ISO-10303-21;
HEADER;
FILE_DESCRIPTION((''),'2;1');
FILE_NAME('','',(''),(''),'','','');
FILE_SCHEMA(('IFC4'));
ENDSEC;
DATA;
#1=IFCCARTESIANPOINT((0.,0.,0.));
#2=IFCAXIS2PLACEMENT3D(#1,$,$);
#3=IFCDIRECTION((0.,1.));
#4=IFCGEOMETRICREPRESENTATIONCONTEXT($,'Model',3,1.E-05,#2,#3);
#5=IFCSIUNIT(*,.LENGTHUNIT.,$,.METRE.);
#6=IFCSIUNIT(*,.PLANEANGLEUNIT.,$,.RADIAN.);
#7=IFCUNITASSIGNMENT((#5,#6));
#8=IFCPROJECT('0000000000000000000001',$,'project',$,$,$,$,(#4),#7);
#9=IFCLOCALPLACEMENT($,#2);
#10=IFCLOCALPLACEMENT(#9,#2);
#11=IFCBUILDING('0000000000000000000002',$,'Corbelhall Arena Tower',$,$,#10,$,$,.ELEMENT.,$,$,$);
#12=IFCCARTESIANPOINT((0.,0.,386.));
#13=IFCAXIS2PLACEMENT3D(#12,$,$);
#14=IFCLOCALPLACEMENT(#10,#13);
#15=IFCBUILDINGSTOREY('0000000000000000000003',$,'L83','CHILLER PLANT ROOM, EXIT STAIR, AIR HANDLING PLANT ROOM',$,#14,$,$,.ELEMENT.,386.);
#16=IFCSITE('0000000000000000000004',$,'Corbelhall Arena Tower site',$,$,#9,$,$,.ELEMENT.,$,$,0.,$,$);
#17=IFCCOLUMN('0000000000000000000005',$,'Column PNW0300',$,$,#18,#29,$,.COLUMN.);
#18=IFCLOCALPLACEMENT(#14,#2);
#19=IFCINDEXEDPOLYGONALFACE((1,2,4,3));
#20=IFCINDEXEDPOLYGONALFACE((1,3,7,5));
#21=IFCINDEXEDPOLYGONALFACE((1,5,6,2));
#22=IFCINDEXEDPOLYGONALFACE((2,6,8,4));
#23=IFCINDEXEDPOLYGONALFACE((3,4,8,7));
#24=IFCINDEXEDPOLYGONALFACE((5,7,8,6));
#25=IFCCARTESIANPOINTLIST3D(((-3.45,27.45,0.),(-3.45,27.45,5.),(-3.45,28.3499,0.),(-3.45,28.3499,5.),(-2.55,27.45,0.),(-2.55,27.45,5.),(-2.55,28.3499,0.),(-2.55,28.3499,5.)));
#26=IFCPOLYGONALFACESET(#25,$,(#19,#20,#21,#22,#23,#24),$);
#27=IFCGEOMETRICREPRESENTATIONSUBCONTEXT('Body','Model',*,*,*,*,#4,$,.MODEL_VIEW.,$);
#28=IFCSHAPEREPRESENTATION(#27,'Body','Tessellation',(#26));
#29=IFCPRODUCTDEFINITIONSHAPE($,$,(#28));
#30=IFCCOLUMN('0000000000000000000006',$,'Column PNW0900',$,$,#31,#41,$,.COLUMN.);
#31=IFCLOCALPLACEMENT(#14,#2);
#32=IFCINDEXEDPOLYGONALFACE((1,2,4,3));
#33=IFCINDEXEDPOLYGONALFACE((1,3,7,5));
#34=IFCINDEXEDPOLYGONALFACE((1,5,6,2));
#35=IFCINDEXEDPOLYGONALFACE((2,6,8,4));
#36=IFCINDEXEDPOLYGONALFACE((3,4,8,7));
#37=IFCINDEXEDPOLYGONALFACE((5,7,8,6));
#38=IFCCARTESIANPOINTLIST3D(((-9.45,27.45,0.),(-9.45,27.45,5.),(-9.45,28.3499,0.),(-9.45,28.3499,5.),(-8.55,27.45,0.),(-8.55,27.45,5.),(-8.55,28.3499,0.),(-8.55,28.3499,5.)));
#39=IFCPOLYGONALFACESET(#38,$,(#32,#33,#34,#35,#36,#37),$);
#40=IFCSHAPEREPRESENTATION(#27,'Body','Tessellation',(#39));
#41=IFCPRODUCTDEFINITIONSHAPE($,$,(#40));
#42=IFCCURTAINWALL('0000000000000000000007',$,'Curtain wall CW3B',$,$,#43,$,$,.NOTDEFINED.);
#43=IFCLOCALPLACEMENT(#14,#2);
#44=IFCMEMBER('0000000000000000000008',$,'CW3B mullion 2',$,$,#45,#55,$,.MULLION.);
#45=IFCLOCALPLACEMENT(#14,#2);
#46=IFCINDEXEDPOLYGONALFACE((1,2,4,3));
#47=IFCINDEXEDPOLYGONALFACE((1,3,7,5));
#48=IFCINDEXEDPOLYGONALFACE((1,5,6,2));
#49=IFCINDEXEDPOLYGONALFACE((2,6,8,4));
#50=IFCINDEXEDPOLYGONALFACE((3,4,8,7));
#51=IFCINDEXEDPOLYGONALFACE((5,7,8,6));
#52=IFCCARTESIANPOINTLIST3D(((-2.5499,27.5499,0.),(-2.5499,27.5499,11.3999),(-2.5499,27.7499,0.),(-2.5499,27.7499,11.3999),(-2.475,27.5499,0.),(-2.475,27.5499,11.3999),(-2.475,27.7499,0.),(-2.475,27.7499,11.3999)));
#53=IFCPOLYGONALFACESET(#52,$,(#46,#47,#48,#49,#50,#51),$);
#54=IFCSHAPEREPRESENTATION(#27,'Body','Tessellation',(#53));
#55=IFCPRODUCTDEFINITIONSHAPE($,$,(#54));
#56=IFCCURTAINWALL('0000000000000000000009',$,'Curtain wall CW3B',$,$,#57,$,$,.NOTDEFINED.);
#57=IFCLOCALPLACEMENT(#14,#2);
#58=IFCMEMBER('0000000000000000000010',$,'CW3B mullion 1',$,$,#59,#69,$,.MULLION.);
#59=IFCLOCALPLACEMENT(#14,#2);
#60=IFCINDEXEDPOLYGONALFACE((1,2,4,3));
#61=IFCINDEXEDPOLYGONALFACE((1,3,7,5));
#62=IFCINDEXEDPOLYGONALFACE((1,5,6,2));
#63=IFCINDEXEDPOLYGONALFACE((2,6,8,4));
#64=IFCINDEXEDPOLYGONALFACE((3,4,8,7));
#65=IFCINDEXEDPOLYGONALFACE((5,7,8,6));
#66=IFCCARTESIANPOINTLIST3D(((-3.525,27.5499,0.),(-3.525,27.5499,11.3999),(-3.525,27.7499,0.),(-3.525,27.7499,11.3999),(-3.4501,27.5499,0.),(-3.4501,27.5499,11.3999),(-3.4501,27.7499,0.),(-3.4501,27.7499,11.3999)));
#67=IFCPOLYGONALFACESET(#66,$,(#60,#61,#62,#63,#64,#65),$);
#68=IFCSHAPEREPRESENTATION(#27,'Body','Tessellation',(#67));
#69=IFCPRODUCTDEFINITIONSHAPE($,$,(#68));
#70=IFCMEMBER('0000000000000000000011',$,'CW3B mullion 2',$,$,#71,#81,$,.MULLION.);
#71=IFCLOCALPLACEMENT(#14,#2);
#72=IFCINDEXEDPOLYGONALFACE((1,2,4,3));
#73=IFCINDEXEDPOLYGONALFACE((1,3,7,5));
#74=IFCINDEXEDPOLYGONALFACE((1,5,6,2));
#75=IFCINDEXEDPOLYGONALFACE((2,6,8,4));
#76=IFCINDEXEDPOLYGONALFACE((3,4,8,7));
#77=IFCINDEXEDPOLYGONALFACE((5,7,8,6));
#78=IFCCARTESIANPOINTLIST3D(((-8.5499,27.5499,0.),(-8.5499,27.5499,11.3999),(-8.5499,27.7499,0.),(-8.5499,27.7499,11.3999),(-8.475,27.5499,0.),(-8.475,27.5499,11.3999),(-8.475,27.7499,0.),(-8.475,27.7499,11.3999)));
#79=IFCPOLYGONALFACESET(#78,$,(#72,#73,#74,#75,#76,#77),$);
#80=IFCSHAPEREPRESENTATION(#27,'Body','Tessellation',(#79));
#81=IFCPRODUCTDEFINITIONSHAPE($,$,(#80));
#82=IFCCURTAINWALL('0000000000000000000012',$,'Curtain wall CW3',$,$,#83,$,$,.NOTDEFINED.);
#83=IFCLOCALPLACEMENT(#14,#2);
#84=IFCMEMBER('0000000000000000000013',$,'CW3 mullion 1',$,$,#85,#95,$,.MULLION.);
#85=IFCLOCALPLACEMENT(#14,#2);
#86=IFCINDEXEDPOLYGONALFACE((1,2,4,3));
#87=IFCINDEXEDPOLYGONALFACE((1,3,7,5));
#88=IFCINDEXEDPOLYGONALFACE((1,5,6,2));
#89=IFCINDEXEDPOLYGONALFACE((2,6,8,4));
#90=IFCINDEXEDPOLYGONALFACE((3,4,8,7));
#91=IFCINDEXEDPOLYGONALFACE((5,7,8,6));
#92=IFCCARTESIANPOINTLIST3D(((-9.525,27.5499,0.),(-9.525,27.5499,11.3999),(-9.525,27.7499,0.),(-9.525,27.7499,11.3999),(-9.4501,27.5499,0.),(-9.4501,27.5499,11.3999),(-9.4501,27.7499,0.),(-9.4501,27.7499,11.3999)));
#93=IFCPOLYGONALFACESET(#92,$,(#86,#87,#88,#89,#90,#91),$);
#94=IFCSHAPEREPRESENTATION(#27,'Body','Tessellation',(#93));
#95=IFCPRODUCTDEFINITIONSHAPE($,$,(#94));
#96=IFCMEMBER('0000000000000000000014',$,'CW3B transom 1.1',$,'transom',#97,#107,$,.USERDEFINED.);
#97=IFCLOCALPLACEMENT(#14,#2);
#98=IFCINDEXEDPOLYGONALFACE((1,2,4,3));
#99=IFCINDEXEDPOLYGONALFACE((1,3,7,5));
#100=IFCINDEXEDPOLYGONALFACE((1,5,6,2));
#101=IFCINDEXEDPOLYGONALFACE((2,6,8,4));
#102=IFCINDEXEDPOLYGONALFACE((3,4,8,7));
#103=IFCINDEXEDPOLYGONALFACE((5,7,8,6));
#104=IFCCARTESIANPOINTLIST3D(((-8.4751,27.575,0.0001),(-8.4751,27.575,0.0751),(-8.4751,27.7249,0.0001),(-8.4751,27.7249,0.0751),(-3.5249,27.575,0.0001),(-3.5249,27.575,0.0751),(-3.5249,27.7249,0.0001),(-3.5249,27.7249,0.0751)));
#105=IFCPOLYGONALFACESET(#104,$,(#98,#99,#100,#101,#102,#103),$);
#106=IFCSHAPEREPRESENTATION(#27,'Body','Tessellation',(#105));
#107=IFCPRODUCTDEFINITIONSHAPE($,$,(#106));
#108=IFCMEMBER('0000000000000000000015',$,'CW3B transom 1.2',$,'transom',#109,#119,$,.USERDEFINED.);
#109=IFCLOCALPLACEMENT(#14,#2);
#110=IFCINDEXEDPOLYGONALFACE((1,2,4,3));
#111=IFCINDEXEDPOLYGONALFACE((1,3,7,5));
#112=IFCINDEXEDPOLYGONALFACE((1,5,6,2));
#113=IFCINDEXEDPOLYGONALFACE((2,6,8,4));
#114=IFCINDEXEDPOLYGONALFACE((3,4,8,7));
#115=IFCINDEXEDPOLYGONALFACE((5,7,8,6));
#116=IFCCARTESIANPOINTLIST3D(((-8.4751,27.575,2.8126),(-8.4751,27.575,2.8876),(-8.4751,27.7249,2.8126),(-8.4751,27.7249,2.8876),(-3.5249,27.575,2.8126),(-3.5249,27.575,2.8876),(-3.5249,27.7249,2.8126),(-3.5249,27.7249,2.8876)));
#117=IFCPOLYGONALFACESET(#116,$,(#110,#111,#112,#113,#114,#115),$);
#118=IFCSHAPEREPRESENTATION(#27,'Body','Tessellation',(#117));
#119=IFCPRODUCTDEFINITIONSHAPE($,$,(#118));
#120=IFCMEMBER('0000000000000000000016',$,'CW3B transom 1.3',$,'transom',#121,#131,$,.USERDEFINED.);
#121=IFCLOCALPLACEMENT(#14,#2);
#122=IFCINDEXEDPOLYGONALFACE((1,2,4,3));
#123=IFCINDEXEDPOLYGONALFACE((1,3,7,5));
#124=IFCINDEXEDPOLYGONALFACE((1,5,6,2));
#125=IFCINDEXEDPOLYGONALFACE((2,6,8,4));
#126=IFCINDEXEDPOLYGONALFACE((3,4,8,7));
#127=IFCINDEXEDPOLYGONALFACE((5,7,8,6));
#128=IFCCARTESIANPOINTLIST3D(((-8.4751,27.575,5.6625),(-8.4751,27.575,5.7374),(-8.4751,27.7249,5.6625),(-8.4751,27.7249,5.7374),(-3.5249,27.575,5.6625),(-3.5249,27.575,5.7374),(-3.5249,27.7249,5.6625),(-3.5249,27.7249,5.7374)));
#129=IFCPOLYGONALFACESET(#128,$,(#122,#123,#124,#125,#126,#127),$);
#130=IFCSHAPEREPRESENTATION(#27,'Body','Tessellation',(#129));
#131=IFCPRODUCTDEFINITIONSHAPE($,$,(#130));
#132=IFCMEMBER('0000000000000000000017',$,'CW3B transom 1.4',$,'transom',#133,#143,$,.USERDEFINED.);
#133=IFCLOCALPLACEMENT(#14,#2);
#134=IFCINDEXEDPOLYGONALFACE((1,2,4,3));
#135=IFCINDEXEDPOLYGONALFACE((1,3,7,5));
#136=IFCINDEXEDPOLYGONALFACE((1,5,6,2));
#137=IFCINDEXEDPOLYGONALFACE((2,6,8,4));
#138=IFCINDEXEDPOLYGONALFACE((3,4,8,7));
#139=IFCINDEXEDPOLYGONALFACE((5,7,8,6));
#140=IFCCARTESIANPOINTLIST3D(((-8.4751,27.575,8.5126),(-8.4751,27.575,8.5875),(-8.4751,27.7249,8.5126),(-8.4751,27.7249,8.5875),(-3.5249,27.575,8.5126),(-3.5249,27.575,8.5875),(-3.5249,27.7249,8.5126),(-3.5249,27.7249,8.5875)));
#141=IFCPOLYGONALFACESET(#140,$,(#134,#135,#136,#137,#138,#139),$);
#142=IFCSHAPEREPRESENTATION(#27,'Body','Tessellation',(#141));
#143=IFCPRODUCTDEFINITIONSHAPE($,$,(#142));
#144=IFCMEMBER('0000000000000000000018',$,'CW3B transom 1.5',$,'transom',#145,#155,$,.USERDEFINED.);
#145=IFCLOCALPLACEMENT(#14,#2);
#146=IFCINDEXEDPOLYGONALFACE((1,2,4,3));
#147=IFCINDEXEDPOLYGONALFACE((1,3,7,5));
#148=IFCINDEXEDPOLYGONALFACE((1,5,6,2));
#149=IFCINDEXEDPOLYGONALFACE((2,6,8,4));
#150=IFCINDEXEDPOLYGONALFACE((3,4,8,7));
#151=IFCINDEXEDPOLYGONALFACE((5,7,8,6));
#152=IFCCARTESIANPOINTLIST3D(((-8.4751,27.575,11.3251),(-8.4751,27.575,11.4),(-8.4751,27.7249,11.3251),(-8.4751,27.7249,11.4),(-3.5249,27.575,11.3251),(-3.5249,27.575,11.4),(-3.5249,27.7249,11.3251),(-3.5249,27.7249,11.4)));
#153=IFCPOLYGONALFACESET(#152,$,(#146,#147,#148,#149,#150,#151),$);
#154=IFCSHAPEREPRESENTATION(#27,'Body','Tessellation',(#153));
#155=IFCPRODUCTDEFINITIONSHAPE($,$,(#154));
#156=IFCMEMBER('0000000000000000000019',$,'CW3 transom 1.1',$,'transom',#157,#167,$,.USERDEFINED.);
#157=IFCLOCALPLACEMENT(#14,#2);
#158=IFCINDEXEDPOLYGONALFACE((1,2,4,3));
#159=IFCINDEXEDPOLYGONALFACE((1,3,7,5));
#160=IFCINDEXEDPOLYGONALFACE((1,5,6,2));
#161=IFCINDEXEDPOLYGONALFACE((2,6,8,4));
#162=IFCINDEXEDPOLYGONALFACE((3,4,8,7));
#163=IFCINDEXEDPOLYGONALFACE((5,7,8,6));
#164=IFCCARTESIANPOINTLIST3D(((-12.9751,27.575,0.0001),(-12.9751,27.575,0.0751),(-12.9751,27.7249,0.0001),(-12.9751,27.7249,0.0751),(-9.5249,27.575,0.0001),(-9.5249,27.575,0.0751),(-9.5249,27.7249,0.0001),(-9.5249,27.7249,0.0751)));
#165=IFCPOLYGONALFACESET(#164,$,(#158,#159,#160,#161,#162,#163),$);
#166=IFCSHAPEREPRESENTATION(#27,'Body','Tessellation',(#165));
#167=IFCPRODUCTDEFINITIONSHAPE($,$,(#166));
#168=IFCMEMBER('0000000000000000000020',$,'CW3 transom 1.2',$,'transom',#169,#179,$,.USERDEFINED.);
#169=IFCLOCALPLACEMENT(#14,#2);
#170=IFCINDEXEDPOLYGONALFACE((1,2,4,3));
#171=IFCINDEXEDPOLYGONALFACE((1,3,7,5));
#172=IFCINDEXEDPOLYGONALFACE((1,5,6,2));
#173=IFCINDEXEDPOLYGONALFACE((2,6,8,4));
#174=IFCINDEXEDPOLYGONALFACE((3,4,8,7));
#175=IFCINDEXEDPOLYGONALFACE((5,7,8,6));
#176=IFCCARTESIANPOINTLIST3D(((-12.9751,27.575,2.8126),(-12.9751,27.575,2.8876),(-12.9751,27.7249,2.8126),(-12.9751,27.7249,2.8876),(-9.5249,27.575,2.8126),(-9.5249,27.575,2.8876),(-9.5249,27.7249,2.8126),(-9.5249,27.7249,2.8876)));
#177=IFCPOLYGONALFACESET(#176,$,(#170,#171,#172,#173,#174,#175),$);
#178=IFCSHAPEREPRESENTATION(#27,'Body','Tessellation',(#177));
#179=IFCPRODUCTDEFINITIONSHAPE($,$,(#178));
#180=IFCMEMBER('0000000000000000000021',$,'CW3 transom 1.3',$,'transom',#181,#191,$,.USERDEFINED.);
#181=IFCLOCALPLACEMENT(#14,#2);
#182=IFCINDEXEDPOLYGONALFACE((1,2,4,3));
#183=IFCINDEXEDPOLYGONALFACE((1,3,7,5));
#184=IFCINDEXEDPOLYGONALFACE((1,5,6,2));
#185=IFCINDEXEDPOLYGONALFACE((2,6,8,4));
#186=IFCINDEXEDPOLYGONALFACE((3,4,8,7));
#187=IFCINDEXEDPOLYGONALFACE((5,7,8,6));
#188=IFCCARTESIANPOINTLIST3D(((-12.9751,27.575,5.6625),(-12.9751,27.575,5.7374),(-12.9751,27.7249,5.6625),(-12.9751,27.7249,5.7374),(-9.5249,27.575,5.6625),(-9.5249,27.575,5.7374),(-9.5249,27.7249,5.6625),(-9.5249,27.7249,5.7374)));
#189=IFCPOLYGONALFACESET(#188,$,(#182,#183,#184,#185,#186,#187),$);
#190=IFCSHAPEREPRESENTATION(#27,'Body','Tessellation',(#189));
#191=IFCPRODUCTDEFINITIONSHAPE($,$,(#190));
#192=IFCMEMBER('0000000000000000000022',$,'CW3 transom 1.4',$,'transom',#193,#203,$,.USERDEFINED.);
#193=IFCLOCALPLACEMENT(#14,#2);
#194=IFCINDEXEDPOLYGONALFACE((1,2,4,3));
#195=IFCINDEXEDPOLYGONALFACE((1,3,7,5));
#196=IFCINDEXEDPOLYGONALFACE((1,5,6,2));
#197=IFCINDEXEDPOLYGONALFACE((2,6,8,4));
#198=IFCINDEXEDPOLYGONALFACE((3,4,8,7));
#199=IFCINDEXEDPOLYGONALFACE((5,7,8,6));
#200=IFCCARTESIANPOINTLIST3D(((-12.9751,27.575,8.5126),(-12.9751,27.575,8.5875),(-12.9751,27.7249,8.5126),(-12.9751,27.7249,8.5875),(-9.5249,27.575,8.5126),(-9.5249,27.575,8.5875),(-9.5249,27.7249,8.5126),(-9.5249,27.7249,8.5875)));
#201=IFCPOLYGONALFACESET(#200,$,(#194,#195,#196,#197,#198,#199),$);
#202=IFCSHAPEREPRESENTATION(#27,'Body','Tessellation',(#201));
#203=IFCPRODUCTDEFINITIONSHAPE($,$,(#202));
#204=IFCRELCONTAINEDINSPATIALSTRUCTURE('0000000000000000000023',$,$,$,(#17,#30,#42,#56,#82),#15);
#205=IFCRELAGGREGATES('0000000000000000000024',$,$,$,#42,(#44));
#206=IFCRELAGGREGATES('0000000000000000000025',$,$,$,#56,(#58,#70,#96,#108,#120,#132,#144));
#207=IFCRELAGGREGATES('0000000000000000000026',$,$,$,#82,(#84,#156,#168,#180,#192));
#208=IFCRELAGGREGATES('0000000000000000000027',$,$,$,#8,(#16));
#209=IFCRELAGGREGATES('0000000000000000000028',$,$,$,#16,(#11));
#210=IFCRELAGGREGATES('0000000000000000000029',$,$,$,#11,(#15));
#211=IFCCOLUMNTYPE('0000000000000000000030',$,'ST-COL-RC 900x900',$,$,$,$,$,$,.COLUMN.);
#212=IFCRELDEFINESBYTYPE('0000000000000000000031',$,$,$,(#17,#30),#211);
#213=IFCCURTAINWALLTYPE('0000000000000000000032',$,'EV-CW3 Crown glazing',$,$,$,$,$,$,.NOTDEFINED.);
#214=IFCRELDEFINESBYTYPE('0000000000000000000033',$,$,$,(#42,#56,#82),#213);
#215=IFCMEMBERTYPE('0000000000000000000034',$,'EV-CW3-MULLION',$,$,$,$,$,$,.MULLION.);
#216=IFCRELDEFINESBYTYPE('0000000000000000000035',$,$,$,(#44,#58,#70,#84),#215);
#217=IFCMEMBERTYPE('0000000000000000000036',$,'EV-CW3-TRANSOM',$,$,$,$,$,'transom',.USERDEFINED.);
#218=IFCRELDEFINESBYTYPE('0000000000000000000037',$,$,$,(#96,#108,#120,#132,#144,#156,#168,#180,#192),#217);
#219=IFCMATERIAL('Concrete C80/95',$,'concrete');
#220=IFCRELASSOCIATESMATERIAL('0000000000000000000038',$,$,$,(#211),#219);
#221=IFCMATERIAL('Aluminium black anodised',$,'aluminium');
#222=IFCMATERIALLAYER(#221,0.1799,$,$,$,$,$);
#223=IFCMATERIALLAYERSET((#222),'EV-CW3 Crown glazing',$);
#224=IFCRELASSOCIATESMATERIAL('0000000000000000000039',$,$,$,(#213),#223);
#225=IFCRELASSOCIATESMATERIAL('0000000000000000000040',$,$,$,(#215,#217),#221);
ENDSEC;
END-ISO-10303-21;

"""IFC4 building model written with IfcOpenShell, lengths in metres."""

from ifc_helpers import new_model, si_unit, direction, frame, origin, origin_2d, place, context, subcontext, project, spatial, rectangle, extrude, material, layer, layer_set, material_profile, profile_set, type_object, element, aggregate, save


model = new_model("IFC4")

# Units and contexts
model_context = context("Model", 3, precision=1e-05, world=origin(), true_north=direction((0.0, 1.0)))
body_context = subcontext(model_context, "Body", "Model", "MODEL_VIEW")
ifc_project = project(units=[si_unit("LENGTHUNIT", "METRE"), si_unit("PLANEANGLEUNIT", "RADIAN")], contexts=[model_context])

# Site, building, storey
site_placement = place(None, origin())
site = spatial("IfcSite", under=ifc_project, at=site_placement, Name="Corbelhall Arena Tower site", CompositionType="ELEMENT", RefElevation=0.0)
building_placement = place(site_placement, origin())
building = spatial("IfcBuilding", under=site, at=building_placement, Name="Corbelhall Arena Tower", CompositionType="ELEMENT")
storey_placement = place(building_placement, frame((0.0, 0.0, 386.0)))
storey = spatial("IfcBuildingStorey", under=building, at=storey_placement, Name="L83", Description="CHILLER PLANT ROOM, EXIT STAIR, AIR HANDLING PLANT ROOM", CompositionType="ELEMENT", Elevation=386.0)

# Columns
ifc_material_1 = material(Name="Concrete C80/95", Category="concrete")
ifc_material_profile_1 = material_profile(ifc_material_1, rectangle(XDim=0.8999, YDim=0.8999, at=origin_2d()))
ifc_profile_set_1 = profile_set([ifc_material_profile_1], Name="Concrete C80/95")
column_type = type_object("IfcColumnType", Name="ST-COL-RC 900x900", PredefinedType="COLUMN", material=ifc_profile_set_1)
for number, where, z_axis, x_axis, name in (
    (1, (-3.0, 27.8999, 0.0), (0.0, 0.0, 1.0), (1.0, 0.0, 0.0), "Column PNW0300"),
    (2, (-9.0, 27.8999, 0.0), (0.0, 0.0, 1.0), (1.0, 0.0, 0.0), "Column PNW0900"),
):
    element("IfcColumn", number, at=place(storey_placement, frame(where, z_axis=z_axis, x_axis=x_axis)), inside=storey, type_object=column_type, Name=name, PredefinedType="COLUMN", context=body_context, shape_type="SweptSolid", body=[
        extrude(rectangle(XDim=0.8999, YDim=0.8999, at=origin_2d()), origin(), (0.0, 0.0, 1.0), 5.0),
    ])

# Curtain wall, member
ifc_material_2 = material(Name="Aluminium black anodised", Category="aluminium")
ifc_layer_1 = layer(ifc_material_2, 0.1799)
ifc_layer_set_1 = layer_set([ifc_layer_1], Name="EV-CW3 Crown glazing")
curtain_wall_type = type_object("IfcCurtainWallType", Name="EV-CW3 Crown glazing", PredefinedType="NOTDEFINED", material=ifc_layer_set_1)
curtain_wall_1_placement = place(storey_placement, origin())
curtain_wall_1 = element("IfcCurtainWall", 3, at=curtain_wall_1_placement, inside=storey, type_object=curtain_wall_type, Name="Curtain wall CW3B", PredefinedType="NOTDEFINED")
ifc_material_profile_2 = material_profile(ifc_material_2, rectangle(XDim=0.2, YDim=0.075, at=origin_2d()))
ifc_profile_set_2 = profile_set([ifc_material_profile_2], Name="Aluminium black anodised")
member_type_1 = type_object("IfcMemberType", Name="EV-CW3-MULLION", PredefinedType="MULLION", material=ifc_profile_set_2)
member_1_placement = place(storey_placement, frame((-2.5125, 27.6499, 0.0), z_axis=(0.0, 0.0, 1.0), x_axis=(0.0, -1.0, 0.0)))
member_1 = element("IfcMember", 4, at=member_1_placement, type_object=member_type_1, Name="CW3B mullion 2", PredefinedType="MULLION", context=body_context, shape_type="SweptSolid", body=[
    extrude(rectangle(XDim=0.2, YDim=0.075, at=origin_2d()), origin(), (0.0, 0.0, 1.0), 11.3999),
])
aggregate(curtain_wall_1, [member_1])

# Curtain wall, members
curtain_wall_2_placement = place(storey_placement, origin())
curtain_wall_2 = element("IfcCurtainWall", 5, at=curtain_wall_2_placement, inside=storey, type_object=curtain_wall_type, Name="Curtain wall CW3B", PredefinedType="NOTDEFINED")
member_2_placement = place(storey_placement, frame((-3.4875, 27.6499, 0.0), z_axis=(0.0, 0.0, 1.0), x_axis=(0.0, -1.0, 0.0)))
member_2 = element("IfcMember", 6, at=member_2_placement, type_object=member_type_1, Name="CW3B mullion 1", PredefinedType="MULLION", context=body_context, shape_type="SweptSolid", body=[
    extrude(rectangle(XDim=0.2, YDim=0.075, at=origin_2d()), origin(), (0.0, 0.0, 1.0), 11.3999),
])
member_3_placement = place(storey_placement, frame((-8.5125, 27.6499, 0.0), z_axis=(0.0, 0.0, 1.0), x_axis=(0.0, -1.0, 0.0)))
member_3 = element("IfcMember", 7, at=member_3_placement, type_object=member_type_1, Name="CW3B mullion 2", PredefinedType="MULLION", context=body_context, shape_type="SweptSolid", body=[
    extrude(rectangle(XDim=0.2, YDim=0.075, at=origin_2d()), origin(), (0.0, 0.0, 1.0), 11.3999),
])

# Curtain wall, member
curtain_wall_3_placement = place(storey_placement, origin())
curtain_wall_3 = element("IfcCurtainWall", 8, at=curtain_wall_3_placement, inside=storey, type_object=curtain_wall_type, Name="Curtain wall CW3", PredefinedType="NOTDEFINED")
member_4_placement = place(storey_placement, frame((-9.4875, 27.6499, 0.0), z_axis=(0.0, 0.0, 1.0), x_axis=(0.0, -1.0, 0.0)))
member_4 = element("IfcMember", 9, at=member_4_placement, type_object=member_type_1, Name="CW3 mullion 1", PredefinedType="MULLION", context=body_context, shape_type="SweptSolid", body=[
    extrude(rectangle(XDim=0.2, YDim=0.075, at=origin_2d()), origin(), (0.0, 0.0, 1.0), 11.3999),
])

# Members
ifc_material_profile_3 = material_profile(ifc_material_2, rectangle(XDim=0.1499, YDim=0.075, at=origin_2d()))
ifc_profile_set_3 = profile_set([ifc_material_profile_3], Name="Aluminium black anodised")
member_type_2 = type_object("IfcMemberType", Name="EV-CW3-TRANSOM", ElementType="transom", PredefinedType="USERDEFINED", material=ifc_profile_set_3)
member_5_placement = place(storey_placement, frame((-3.5249, 27.6499, 0.0376), z_axis=(-1.0, 0.0, 0.0), x_axis=(0.0, -1.0, 0.0)))
member_5 = element("IfcMember", 10, at=member_5_placement, type_object=member_type_2, Name="CW3B transom 1.1", ObjectType="transom", PredefinedType="USERDEFINED", context=body_context, shape_type="SweptSolid", body=[
    extrude(rectangle(XDim=0.1499, YDim=0.075, at=origin_2d()), origin(), (0.0, 0.0, 1.0), 4.9502),
])
member_6_placement = place(storey_placement, frame((-3.5249, 27.6499, 2.8501), z_axis=(-1.0, 0.0, 0.0), x_axis=(0.0, -1.0, 0.0)))
member_6 = element("IfcMember", 11, at=member_6_placement, type_object=member_type_2, Name="CW3B transom 1.2", ObjectType="transom", PredefinedType="USERDEFINED", context=body_context, shape_type="SweptSolid", body=[
    extrude(rectangle(XDim=0.1499, YDim=0.075, at=origin_2d()), origin(), (0.0, 0.0, 1.0), 4.9502),
])
member_7_placement = place(storey_placement, frame((-3.5249, 27.6499, 5.7), z_axis=(-1.0, 0.0, 0.0), x_axis=(0.0, -1.0, 0.0)))
member_7 = element("IfcMember", 12, at=member_7_placement, type_object=member_type_2, Name="CW3B transom 1.3", ObjectType="transom", PredefinedType="USERDEFINED", context=body_context, shape_type="SweptSolid", body=[
    extrude(rectangle(XDim=0.1499, YDim=0.075, at=origin_2d()), origin(), (0.0, 0.0, 1.0), 4.9502),
])
member_8_placement = place(storey_placement, frame((-3.5249, 27.6499, 8.55), z_axis=(-1.0, 0.0, 0.0), x_axis=(0.0, -1.0, 0.0)))
member_8 = element("IfcMember", 13, at=member_8_placement, type_object=member_type_2, Name="CW3B transom 1.4", ObjectType="transom", PredefinedType="USERDEFINED", context=body_context, shape_type="SweptSolid", body=[
    extrude(rectangle(XDim=0.1499, YDim=0.075, at=origin_2d()), origin(), (0.0, 0.0, 1.0), 4.9502),
])
member_9_placement = place(storey_placement, frame((-3.5249, 27.6499, 11.3625), z_axis=(-1.0, 0.0, 0.0), x_axis=(0.0, -1.0, 0.0)))
member_9 = element("IfcMember", 14, at=member_9_placement, type_object=member_type_2, Name="CW3B transom 1.5", ObjectType="transom", PredefinedType="USERDEFINED", context=body_context, shape_type="SweptSolid", body=[
    extrude(rectangle(XDim=0.1499, YDim=0.075, at=origin_2d()), origin(), (0.0, 0.0, 1.0), 4.9502),
])
member_10_placement = place(storey_placement, frame((-9.5249, 27.6499, 0.0376), z_axis=(-1.0, 0.0, 0.0), x_axis=(0.0, -1.0, 0.0)))
member_10 = element("IfcMember", 15, at=member_10_placement, type_object=member_type_2, Name="CW3 transom 1.1", ObjectType="transom", PredefinedType="USERDEFINED", context=body_context, shape_type="SweptSolid", body=[
    extrude(rectangle(XDim=0.1499, YDim=0.075, at=origin_2d()), origin(), (0.0, 0.0, 1.0), 3.4502),
])
member_11_placement = place(storey_placement, frame((-9.5249, 27.6499, 2.8501), z_axis=(-1.0, 0.0, 0.0), x_axis=(0.0, -1.0, 0.0)))
member_11 = element("IfcMember", 16, at=member_11_placement, type_object=member_type_2, Name="CW3 transom 1.2", ObjectType="transom", PredefinedType="USERDEFINED", context=body_context, shape_type="SweptSolid", body=[
    extrude(rectangle(XDim=0.1499, YDim=0.075, at=origin_2d()), origin(), (0.0, 0.0, 1.0), 3.4502),
])
member_12_placement = place(storey_placement, frame((-9.5249, 27.6499, 5.7), z_axis=(-1.0, 0.0, 0.0), x_axis=(0.0, -1.0, 0.0)))
member_12 = element("IfcMember", 17, at=member_12_placement, type_object=member_type_2, Name="CW3 transom 1.3", ObjectType="transom", PredefinedType="USERDEFINED", context=body_context, shape_type="SweptSolid", body=[
    extrude(rectangle(XDim=0.1499, YDim=0.075, at=origin_2d()), origin(), (0.0, 0.0, 1.0), 3.4502),
])
member_13_placement = place(storey_placement, frame((-9.5249, 27.6499, 8.55), z_axis=(-1.0, 0.0, 0.0), x_axis=(0.0, -1.0, 0.0)))
member_13 = element("IfcMember", 18, at=member_13_placement, type_object=member_type_2, Name="CW3 transom 1.4", ObjectType="transom", PredefinedType="USERDEFINED", context=body_context, shape_type="SweptSolid", body=[
    extrude(rectangle(XDim=0.1499, YDim=0.075, at=origin_2d()), origin(), (0.0, 0.0, 1.0), 3.4502),
])

aggregate(curtain_wall_2, [member_2, member_3, member_5, member_6, member_7, member_8, member_9])
aggregate(curtain_wall_3, [member_4, member_10, member_11, member_12, member_13])

save(model, "model.ifc")
